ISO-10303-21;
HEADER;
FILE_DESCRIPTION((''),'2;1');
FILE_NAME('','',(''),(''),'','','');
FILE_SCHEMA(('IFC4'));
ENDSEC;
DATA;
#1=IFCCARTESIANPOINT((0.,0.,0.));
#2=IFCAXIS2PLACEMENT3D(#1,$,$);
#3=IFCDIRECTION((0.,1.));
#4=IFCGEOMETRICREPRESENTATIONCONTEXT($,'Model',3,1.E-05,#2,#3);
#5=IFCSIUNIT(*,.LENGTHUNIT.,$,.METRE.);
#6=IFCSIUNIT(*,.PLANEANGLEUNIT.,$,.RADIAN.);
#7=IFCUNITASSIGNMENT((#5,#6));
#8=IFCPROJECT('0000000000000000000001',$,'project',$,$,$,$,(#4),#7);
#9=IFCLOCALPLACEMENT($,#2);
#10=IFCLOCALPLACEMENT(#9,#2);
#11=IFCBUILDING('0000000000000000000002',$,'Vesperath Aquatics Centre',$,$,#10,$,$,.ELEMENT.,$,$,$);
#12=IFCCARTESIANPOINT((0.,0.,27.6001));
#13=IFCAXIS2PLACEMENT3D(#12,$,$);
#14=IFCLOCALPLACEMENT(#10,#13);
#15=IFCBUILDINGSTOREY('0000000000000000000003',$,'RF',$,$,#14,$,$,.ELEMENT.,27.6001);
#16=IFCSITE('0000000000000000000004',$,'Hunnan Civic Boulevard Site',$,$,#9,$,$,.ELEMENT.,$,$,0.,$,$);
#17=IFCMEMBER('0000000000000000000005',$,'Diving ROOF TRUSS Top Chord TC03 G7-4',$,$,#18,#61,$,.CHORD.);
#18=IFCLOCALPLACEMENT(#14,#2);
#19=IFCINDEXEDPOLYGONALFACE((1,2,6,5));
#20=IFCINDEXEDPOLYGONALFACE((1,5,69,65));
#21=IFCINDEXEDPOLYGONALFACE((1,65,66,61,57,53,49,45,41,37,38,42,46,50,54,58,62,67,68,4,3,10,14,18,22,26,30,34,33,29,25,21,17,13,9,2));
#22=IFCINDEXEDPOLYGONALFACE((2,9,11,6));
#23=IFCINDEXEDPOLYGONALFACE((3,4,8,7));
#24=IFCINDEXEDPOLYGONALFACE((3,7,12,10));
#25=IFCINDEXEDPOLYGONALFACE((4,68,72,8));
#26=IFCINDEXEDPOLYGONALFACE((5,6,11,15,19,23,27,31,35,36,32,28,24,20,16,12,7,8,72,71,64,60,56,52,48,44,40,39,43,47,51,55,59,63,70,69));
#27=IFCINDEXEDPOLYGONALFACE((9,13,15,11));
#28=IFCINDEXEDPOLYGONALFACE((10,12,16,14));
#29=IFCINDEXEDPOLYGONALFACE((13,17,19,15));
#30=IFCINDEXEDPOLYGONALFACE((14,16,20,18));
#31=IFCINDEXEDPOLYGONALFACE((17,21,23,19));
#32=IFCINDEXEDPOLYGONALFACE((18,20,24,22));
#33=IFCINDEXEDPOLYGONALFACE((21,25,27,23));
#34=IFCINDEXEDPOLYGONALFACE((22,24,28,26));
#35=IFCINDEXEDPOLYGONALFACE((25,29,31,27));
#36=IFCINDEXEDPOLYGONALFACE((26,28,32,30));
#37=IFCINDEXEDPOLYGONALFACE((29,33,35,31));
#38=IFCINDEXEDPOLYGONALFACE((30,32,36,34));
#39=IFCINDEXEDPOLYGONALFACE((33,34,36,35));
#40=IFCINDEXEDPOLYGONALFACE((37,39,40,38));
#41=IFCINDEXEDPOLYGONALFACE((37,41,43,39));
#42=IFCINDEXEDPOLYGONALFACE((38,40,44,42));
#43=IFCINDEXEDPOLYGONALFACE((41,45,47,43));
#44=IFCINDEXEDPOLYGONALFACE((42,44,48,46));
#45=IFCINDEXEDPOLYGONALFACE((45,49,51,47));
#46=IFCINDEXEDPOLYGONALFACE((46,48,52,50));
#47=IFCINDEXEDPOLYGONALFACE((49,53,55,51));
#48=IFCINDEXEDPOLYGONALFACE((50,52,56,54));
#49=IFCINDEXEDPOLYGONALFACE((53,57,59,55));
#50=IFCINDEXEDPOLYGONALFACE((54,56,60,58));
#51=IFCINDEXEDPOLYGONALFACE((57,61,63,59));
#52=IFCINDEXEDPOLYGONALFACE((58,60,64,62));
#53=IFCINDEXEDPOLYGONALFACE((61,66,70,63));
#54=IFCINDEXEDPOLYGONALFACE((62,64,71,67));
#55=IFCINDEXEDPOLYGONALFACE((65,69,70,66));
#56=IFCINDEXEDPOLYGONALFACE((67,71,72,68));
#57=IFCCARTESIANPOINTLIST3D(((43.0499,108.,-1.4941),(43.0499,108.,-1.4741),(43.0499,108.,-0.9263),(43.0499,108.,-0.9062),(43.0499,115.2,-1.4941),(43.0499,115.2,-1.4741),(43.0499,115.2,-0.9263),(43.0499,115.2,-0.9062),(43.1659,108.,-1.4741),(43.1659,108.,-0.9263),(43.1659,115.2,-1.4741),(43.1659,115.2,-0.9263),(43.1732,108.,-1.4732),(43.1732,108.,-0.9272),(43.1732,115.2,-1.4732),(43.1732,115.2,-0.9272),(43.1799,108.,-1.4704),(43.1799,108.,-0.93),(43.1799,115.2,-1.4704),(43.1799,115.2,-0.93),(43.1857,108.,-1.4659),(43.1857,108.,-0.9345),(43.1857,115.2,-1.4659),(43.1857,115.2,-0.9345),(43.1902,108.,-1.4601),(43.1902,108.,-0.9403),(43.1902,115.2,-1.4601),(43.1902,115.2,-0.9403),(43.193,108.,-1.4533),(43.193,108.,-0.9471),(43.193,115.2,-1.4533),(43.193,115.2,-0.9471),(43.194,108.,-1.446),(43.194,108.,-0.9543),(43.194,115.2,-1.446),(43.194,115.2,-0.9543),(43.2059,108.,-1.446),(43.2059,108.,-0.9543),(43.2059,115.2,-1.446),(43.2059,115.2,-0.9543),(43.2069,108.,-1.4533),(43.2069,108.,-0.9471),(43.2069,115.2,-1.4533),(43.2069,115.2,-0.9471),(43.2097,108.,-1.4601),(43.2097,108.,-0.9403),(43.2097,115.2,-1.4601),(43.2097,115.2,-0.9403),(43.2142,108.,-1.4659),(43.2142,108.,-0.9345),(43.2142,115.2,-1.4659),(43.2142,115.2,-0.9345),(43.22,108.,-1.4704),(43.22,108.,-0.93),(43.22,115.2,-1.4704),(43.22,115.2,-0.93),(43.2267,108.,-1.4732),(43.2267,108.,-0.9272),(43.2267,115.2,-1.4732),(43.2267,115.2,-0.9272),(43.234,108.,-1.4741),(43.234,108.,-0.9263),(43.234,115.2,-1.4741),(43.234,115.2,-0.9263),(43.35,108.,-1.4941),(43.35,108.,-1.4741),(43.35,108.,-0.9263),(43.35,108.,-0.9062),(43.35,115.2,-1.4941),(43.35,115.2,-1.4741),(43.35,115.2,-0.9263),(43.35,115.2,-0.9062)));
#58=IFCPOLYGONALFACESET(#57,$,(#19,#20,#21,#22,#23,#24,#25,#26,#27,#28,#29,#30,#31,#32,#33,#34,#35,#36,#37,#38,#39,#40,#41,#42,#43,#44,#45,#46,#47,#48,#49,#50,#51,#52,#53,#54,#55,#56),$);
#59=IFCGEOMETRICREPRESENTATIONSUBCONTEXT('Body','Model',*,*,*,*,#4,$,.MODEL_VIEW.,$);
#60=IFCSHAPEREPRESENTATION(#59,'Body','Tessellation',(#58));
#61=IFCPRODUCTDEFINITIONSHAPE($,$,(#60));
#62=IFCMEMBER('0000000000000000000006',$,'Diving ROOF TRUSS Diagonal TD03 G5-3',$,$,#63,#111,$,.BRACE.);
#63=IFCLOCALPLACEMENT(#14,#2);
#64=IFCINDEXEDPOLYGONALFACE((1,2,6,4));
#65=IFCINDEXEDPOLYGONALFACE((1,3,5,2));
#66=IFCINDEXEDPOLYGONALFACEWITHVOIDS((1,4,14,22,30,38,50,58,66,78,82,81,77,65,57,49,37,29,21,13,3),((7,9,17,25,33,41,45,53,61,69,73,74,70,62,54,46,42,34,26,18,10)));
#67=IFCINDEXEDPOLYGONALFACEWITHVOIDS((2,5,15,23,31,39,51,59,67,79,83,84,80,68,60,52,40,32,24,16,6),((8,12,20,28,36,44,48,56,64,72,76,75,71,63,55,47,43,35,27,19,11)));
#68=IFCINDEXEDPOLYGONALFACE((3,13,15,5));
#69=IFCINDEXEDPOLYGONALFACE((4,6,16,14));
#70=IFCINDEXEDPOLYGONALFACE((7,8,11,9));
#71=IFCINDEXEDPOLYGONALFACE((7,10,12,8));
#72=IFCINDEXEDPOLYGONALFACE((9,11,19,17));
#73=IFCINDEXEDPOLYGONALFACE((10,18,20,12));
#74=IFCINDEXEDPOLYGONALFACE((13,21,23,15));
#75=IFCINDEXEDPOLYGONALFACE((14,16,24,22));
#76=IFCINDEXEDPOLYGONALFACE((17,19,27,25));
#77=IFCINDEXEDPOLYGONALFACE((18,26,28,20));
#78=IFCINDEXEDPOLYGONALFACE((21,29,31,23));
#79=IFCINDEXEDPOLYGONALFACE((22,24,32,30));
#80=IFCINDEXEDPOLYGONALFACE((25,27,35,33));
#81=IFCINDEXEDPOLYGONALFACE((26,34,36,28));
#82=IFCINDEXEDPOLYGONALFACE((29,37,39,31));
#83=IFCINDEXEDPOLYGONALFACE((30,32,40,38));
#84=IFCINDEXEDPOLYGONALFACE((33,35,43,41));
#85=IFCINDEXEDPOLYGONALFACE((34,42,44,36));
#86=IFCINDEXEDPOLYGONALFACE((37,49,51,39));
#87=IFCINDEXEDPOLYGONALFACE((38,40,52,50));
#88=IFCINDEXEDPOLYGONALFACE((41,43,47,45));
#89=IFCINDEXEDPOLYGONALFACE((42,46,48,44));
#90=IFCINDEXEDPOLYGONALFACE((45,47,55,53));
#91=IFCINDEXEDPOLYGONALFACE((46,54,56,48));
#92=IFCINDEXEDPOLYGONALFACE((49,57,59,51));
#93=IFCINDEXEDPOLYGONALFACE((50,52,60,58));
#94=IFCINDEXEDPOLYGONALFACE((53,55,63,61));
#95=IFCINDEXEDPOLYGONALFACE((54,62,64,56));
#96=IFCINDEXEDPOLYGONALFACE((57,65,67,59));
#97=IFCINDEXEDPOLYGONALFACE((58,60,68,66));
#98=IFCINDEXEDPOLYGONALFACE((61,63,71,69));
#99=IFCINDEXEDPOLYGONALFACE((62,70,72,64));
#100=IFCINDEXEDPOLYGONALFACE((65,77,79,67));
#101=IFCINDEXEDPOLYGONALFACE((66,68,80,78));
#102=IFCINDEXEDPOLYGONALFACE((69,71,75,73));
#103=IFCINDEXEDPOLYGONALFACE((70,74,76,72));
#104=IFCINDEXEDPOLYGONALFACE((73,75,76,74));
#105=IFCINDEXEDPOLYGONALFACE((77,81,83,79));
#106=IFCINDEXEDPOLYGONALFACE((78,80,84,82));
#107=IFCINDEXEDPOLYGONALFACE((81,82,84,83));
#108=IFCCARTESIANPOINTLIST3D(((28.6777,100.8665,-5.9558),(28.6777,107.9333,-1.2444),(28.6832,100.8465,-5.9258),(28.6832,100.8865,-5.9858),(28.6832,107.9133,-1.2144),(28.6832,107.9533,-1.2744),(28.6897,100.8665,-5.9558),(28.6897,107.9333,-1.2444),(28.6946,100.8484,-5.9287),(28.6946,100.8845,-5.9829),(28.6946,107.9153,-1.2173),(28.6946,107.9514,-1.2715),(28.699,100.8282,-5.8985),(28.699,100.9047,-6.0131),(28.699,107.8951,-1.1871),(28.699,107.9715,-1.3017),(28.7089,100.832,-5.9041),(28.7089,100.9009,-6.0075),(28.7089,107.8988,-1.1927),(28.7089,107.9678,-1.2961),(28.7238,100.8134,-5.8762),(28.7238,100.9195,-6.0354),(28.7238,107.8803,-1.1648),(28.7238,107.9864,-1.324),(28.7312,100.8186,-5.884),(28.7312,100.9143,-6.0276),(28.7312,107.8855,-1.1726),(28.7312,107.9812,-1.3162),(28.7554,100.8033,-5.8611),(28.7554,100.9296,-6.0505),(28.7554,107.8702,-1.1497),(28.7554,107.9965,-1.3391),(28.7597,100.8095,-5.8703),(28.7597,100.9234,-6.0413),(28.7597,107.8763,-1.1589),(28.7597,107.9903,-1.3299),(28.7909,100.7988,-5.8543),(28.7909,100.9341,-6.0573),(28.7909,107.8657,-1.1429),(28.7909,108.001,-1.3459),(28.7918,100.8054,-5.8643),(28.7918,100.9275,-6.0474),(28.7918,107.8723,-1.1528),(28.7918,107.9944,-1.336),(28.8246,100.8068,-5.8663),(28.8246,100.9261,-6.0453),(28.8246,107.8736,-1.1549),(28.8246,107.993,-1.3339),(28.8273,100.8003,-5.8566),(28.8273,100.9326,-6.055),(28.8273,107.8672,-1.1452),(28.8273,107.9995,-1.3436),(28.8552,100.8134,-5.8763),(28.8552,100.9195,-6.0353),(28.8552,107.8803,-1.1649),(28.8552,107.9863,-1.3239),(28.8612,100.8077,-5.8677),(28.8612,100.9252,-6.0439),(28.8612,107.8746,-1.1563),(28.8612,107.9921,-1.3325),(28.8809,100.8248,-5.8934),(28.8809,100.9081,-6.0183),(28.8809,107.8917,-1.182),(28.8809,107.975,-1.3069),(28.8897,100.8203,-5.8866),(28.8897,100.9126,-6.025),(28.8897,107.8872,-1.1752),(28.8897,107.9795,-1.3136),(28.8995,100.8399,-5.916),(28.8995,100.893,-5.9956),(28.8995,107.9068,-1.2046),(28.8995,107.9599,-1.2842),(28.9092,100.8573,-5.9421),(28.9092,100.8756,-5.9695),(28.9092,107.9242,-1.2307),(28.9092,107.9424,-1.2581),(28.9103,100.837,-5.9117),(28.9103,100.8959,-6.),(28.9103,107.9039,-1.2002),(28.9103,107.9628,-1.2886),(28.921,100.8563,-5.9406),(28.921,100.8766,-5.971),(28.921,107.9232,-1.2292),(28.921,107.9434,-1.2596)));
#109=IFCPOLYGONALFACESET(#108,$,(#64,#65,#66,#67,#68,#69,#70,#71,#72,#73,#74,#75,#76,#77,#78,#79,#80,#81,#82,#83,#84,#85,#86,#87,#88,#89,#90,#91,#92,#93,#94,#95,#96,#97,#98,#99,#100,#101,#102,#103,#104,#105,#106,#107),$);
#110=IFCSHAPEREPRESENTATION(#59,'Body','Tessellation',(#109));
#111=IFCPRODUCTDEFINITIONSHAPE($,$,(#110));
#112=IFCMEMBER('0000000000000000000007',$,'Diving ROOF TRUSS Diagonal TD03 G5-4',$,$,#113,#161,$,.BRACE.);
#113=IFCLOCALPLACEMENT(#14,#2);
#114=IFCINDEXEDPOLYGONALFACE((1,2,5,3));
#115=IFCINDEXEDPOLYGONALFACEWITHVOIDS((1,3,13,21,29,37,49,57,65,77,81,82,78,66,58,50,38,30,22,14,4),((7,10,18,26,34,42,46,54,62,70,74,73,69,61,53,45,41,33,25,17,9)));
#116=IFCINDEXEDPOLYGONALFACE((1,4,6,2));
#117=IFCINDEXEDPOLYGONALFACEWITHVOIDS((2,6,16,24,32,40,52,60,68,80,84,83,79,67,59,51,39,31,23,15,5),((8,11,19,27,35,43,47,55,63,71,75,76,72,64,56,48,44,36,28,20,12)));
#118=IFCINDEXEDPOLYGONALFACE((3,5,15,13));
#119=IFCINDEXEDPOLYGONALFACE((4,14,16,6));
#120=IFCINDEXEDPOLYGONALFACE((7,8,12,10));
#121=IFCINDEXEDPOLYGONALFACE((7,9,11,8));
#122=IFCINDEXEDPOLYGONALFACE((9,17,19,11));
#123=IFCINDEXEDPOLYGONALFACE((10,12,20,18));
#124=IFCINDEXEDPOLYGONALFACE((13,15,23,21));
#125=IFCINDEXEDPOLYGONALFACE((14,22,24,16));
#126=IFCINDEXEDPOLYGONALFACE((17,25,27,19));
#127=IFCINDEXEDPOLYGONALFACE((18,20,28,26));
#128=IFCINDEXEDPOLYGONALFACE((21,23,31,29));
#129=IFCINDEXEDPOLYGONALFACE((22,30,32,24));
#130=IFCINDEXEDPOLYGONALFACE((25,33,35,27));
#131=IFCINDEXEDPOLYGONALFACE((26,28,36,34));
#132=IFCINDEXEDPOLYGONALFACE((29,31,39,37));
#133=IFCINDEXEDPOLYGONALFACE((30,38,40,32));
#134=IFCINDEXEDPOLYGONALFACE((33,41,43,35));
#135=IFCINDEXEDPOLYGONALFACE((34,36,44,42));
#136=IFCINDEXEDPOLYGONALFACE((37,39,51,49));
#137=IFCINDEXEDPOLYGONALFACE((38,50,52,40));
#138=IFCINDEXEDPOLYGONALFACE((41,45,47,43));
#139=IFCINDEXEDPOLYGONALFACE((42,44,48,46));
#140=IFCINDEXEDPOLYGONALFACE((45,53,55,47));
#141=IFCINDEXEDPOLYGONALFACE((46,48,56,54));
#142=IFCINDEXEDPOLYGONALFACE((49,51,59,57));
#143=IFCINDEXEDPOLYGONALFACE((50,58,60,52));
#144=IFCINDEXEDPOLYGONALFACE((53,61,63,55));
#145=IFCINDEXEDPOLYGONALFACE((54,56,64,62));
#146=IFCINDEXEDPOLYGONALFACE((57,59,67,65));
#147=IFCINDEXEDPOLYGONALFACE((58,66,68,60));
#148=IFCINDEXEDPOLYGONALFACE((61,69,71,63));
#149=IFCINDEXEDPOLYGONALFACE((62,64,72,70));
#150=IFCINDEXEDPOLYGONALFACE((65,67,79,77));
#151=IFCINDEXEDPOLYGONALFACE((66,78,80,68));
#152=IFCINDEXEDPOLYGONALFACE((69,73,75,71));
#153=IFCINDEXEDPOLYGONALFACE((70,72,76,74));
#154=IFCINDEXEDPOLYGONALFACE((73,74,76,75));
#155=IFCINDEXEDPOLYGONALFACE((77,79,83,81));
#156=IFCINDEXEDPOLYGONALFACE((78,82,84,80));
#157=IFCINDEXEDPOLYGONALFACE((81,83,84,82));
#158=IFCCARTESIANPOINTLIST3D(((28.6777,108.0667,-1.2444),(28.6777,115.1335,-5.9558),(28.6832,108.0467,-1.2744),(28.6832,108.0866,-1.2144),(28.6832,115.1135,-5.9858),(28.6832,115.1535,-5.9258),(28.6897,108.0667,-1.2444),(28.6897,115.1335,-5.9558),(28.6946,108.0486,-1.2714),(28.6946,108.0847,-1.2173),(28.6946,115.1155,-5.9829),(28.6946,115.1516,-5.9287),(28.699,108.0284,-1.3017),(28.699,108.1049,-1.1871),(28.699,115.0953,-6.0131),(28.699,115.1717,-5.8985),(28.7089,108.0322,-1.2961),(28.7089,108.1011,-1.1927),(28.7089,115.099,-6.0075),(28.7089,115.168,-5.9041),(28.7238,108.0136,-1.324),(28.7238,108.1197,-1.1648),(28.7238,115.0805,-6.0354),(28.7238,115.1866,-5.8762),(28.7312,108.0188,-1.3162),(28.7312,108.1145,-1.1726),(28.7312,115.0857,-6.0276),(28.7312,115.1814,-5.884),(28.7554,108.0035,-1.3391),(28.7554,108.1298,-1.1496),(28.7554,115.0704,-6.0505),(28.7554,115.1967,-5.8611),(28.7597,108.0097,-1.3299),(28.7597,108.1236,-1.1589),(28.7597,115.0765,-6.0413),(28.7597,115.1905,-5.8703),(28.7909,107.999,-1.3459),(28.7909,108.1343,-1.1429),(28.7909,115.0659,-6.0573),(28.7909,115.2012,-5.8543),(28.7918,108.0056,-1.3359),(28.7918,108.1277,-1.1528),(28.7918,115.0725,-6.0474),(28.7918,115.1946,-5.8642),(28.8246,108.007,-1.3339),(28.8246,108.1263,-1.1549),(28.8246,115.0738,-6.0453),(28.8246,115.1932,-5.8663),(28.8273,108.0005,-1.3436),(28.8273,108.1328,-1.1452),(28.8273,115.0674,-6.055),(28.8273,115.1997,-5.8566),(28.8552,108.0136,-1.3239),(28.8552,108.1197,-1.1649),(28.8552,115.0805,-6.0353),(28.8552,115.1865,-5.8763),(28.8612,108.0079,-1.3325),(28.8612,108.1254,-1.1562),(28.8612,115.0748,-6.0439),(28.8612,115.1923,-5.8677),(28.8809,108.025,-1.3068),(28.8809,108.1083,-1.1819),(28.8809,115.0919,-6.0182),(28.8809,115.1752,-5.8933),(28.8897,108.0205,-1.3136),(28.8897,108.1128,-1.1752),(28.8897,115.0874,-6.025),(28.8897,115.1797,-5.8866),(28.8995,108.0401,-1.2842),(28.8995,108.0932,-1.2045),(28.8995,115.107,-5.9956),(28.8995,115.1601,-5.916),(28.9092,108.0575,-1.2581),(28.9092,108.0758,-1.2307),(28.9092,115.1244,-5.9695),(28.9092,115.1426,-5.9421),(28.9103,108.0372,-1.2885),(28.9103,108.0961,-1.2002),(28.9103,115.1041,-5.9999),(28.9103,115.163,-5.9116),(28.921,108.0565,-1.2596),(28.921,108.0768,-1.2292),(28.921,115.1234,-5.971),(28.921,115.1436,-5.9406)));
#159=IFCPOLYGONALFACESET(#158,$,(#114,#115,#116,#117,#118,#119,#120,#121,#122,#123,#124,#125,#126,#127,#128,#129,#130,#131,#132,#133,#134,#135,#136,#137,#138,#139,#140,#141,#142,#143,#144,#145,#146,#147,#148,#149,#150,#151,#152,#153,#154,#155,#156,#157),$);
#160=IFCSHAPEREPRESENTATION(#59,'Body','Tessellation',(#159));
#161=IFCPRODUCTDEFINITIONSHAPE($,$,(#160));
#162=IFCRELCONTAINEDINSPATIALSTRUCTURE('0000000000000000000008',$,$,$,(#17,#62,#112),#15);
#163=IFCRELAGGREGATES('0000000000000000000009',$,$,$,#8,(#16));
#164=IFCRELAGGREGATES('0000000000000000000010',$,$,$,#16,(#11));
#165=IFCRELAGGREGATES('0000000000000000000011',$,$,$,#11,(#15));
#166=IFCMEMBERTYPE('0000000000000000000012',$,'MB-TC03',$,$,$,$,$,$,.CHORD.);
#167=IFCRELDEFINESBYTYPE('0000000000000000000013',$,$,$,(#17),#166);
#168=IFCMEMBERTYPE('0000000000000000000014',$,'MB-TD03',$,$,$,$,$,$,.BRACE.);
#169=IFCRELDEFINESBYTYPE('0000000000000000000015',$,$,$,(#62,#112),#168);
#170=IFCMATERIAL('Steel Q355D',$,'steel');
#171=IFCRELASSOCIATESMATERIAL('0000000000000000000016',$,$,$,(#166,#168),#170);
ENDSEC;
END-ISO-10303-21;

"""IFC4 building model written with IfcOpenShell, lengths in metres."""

from ifc_helpers import new_model, si_unit, direction, frame, origin, origin_2d, place, context, subcontext, project, spatial, hollow_circle, i_section, extrude, material, material_profile, profile_set, type_object, element, save


model = new_model("IFC4")

# Units and contexts
model_context = context("Model", 3, precision=1e-05, world=origin(), true_north=direction((0.0, 1.0)))
body_context = subcontext(model_context, "Body", "Model", "MODEL_VIEW")
ifc_project = project(units=[si_unit("LENGTHUNIT", "METRE"), si_unit("PLANEANGLEUNIT", "RADIAN")], contexts=[model_context])

# Site, building, storey
site_placement = place(None, origin())
site = spatial("IfcSite", under=ifc_project, at=site_placement, Name="Hunnan Civic Boulevard Site", CompositionType="ELEMENT", RefElevation=0.0)
building_placement = place(site_placement, origin())
building = spatial("IfcBuilding", under=site, at=building_placement, Name="Vesperath Aquatics Centre", CompositionType="ELEMENT")
storey_placement = place(building_placement, frame((0.0, 0.0, 27.6001)))
storey = spatial("IfcBuildingStorey", under=building, at=storey_placement, Name="RF", CompositionType="ELEMENT", Elevation=27.6001)

# Members
ifc_material_1 = material(Name="Steel Q355D", Category="steel")
ifc_material_profile_1 = material_profile(ifc_material_1, i_section(OverallWidth=0.3, OverallDepth=0.5879, WebThickness=0.012, FlangeThickness=0.02, FilletRadius=0.0281, at=origin_2d()), Name="HM 588x300x12x20")
ifc_profile_set_1 = profile_set([ifc_material_profile_1], Name="Steel Q355D")
member_type_1 = type_object("IfcMemberType", Name="MB-TC03", PredefinedType="CHORD", material=ifc_profile_set_1)
for number, where, z_axis, x_axis, name in (
    (1, (43.2, 108.0, -1.2002), (0.0, 1.0, 0.0), (-1.0, 0.0, 0.0), "Diving ROOF TRUSS Top Chord TC03 G7-4"),
):
    element("IfcMember", number, at=place(storey_placement, frame(where, z_axis=z_axis, x_axis=x_axis)), inside=storey, type_object=member_type_1, Name=name, PredefinedType="CHORD", context=body_context, shape_type="SweptSolid", body=[
        extrude(i_section(OverallWidth=0.3, OverallDepth=0.5879, WebThickness=0.012, FlangeThickness=0.02, FilletRadius=0.0281, at=origin_2d()), origin(), (0.0, 0.0, 1.0), 7.2),
    ])
ifc_material_profile_2 = material_profile(ifc_material_1, hollow_circle(Radius=0.1223, WallThickness=0.012, at=origin_2d()), Name="CHS 244.5x12")
ifc_profile_set_2 = profile_set([ifc_material_profile_2], Name="Steel Q355D")
member_type_2 = type_object("IfcMemberType", Name="MB-TD03", PredefinedType="BRACE", material=ifc_profile_set_2)
for number, where, z_axis, x_axis, name in (
    (2, (28.8, 100.8665, -5.9558), (0.0, 0.832041, 0.554713), (-1.0, 0.0, 0.0), "Diving ROOF TRUSS Diagonal TD03 G5-3"),
    (3, (28.8, 108.0667, -1.2444), (0.0, 0.832041, -0.554713), (-1.0, 0.0, 0.0), "Diving ROOF TRUSS Diagonal TD03 G5-4"),
):
    element("IfcMember", number, at=place(storey_placement, frame(where, z_axis=z_axis, x_axis=x_axis)), inside=storey, type_object=member_type_2, Name=name, PredefinedType="BRACE", context=body_context, shape_type="SweptSolid", body=[
        extrude(hollow_circle(Radius=0.1223, WallThickness=0.012, at=origin_2d()), origin(), (0.0, 0.0, 1.0), 8.4934),
    ])

save(model, "model.ifc")
